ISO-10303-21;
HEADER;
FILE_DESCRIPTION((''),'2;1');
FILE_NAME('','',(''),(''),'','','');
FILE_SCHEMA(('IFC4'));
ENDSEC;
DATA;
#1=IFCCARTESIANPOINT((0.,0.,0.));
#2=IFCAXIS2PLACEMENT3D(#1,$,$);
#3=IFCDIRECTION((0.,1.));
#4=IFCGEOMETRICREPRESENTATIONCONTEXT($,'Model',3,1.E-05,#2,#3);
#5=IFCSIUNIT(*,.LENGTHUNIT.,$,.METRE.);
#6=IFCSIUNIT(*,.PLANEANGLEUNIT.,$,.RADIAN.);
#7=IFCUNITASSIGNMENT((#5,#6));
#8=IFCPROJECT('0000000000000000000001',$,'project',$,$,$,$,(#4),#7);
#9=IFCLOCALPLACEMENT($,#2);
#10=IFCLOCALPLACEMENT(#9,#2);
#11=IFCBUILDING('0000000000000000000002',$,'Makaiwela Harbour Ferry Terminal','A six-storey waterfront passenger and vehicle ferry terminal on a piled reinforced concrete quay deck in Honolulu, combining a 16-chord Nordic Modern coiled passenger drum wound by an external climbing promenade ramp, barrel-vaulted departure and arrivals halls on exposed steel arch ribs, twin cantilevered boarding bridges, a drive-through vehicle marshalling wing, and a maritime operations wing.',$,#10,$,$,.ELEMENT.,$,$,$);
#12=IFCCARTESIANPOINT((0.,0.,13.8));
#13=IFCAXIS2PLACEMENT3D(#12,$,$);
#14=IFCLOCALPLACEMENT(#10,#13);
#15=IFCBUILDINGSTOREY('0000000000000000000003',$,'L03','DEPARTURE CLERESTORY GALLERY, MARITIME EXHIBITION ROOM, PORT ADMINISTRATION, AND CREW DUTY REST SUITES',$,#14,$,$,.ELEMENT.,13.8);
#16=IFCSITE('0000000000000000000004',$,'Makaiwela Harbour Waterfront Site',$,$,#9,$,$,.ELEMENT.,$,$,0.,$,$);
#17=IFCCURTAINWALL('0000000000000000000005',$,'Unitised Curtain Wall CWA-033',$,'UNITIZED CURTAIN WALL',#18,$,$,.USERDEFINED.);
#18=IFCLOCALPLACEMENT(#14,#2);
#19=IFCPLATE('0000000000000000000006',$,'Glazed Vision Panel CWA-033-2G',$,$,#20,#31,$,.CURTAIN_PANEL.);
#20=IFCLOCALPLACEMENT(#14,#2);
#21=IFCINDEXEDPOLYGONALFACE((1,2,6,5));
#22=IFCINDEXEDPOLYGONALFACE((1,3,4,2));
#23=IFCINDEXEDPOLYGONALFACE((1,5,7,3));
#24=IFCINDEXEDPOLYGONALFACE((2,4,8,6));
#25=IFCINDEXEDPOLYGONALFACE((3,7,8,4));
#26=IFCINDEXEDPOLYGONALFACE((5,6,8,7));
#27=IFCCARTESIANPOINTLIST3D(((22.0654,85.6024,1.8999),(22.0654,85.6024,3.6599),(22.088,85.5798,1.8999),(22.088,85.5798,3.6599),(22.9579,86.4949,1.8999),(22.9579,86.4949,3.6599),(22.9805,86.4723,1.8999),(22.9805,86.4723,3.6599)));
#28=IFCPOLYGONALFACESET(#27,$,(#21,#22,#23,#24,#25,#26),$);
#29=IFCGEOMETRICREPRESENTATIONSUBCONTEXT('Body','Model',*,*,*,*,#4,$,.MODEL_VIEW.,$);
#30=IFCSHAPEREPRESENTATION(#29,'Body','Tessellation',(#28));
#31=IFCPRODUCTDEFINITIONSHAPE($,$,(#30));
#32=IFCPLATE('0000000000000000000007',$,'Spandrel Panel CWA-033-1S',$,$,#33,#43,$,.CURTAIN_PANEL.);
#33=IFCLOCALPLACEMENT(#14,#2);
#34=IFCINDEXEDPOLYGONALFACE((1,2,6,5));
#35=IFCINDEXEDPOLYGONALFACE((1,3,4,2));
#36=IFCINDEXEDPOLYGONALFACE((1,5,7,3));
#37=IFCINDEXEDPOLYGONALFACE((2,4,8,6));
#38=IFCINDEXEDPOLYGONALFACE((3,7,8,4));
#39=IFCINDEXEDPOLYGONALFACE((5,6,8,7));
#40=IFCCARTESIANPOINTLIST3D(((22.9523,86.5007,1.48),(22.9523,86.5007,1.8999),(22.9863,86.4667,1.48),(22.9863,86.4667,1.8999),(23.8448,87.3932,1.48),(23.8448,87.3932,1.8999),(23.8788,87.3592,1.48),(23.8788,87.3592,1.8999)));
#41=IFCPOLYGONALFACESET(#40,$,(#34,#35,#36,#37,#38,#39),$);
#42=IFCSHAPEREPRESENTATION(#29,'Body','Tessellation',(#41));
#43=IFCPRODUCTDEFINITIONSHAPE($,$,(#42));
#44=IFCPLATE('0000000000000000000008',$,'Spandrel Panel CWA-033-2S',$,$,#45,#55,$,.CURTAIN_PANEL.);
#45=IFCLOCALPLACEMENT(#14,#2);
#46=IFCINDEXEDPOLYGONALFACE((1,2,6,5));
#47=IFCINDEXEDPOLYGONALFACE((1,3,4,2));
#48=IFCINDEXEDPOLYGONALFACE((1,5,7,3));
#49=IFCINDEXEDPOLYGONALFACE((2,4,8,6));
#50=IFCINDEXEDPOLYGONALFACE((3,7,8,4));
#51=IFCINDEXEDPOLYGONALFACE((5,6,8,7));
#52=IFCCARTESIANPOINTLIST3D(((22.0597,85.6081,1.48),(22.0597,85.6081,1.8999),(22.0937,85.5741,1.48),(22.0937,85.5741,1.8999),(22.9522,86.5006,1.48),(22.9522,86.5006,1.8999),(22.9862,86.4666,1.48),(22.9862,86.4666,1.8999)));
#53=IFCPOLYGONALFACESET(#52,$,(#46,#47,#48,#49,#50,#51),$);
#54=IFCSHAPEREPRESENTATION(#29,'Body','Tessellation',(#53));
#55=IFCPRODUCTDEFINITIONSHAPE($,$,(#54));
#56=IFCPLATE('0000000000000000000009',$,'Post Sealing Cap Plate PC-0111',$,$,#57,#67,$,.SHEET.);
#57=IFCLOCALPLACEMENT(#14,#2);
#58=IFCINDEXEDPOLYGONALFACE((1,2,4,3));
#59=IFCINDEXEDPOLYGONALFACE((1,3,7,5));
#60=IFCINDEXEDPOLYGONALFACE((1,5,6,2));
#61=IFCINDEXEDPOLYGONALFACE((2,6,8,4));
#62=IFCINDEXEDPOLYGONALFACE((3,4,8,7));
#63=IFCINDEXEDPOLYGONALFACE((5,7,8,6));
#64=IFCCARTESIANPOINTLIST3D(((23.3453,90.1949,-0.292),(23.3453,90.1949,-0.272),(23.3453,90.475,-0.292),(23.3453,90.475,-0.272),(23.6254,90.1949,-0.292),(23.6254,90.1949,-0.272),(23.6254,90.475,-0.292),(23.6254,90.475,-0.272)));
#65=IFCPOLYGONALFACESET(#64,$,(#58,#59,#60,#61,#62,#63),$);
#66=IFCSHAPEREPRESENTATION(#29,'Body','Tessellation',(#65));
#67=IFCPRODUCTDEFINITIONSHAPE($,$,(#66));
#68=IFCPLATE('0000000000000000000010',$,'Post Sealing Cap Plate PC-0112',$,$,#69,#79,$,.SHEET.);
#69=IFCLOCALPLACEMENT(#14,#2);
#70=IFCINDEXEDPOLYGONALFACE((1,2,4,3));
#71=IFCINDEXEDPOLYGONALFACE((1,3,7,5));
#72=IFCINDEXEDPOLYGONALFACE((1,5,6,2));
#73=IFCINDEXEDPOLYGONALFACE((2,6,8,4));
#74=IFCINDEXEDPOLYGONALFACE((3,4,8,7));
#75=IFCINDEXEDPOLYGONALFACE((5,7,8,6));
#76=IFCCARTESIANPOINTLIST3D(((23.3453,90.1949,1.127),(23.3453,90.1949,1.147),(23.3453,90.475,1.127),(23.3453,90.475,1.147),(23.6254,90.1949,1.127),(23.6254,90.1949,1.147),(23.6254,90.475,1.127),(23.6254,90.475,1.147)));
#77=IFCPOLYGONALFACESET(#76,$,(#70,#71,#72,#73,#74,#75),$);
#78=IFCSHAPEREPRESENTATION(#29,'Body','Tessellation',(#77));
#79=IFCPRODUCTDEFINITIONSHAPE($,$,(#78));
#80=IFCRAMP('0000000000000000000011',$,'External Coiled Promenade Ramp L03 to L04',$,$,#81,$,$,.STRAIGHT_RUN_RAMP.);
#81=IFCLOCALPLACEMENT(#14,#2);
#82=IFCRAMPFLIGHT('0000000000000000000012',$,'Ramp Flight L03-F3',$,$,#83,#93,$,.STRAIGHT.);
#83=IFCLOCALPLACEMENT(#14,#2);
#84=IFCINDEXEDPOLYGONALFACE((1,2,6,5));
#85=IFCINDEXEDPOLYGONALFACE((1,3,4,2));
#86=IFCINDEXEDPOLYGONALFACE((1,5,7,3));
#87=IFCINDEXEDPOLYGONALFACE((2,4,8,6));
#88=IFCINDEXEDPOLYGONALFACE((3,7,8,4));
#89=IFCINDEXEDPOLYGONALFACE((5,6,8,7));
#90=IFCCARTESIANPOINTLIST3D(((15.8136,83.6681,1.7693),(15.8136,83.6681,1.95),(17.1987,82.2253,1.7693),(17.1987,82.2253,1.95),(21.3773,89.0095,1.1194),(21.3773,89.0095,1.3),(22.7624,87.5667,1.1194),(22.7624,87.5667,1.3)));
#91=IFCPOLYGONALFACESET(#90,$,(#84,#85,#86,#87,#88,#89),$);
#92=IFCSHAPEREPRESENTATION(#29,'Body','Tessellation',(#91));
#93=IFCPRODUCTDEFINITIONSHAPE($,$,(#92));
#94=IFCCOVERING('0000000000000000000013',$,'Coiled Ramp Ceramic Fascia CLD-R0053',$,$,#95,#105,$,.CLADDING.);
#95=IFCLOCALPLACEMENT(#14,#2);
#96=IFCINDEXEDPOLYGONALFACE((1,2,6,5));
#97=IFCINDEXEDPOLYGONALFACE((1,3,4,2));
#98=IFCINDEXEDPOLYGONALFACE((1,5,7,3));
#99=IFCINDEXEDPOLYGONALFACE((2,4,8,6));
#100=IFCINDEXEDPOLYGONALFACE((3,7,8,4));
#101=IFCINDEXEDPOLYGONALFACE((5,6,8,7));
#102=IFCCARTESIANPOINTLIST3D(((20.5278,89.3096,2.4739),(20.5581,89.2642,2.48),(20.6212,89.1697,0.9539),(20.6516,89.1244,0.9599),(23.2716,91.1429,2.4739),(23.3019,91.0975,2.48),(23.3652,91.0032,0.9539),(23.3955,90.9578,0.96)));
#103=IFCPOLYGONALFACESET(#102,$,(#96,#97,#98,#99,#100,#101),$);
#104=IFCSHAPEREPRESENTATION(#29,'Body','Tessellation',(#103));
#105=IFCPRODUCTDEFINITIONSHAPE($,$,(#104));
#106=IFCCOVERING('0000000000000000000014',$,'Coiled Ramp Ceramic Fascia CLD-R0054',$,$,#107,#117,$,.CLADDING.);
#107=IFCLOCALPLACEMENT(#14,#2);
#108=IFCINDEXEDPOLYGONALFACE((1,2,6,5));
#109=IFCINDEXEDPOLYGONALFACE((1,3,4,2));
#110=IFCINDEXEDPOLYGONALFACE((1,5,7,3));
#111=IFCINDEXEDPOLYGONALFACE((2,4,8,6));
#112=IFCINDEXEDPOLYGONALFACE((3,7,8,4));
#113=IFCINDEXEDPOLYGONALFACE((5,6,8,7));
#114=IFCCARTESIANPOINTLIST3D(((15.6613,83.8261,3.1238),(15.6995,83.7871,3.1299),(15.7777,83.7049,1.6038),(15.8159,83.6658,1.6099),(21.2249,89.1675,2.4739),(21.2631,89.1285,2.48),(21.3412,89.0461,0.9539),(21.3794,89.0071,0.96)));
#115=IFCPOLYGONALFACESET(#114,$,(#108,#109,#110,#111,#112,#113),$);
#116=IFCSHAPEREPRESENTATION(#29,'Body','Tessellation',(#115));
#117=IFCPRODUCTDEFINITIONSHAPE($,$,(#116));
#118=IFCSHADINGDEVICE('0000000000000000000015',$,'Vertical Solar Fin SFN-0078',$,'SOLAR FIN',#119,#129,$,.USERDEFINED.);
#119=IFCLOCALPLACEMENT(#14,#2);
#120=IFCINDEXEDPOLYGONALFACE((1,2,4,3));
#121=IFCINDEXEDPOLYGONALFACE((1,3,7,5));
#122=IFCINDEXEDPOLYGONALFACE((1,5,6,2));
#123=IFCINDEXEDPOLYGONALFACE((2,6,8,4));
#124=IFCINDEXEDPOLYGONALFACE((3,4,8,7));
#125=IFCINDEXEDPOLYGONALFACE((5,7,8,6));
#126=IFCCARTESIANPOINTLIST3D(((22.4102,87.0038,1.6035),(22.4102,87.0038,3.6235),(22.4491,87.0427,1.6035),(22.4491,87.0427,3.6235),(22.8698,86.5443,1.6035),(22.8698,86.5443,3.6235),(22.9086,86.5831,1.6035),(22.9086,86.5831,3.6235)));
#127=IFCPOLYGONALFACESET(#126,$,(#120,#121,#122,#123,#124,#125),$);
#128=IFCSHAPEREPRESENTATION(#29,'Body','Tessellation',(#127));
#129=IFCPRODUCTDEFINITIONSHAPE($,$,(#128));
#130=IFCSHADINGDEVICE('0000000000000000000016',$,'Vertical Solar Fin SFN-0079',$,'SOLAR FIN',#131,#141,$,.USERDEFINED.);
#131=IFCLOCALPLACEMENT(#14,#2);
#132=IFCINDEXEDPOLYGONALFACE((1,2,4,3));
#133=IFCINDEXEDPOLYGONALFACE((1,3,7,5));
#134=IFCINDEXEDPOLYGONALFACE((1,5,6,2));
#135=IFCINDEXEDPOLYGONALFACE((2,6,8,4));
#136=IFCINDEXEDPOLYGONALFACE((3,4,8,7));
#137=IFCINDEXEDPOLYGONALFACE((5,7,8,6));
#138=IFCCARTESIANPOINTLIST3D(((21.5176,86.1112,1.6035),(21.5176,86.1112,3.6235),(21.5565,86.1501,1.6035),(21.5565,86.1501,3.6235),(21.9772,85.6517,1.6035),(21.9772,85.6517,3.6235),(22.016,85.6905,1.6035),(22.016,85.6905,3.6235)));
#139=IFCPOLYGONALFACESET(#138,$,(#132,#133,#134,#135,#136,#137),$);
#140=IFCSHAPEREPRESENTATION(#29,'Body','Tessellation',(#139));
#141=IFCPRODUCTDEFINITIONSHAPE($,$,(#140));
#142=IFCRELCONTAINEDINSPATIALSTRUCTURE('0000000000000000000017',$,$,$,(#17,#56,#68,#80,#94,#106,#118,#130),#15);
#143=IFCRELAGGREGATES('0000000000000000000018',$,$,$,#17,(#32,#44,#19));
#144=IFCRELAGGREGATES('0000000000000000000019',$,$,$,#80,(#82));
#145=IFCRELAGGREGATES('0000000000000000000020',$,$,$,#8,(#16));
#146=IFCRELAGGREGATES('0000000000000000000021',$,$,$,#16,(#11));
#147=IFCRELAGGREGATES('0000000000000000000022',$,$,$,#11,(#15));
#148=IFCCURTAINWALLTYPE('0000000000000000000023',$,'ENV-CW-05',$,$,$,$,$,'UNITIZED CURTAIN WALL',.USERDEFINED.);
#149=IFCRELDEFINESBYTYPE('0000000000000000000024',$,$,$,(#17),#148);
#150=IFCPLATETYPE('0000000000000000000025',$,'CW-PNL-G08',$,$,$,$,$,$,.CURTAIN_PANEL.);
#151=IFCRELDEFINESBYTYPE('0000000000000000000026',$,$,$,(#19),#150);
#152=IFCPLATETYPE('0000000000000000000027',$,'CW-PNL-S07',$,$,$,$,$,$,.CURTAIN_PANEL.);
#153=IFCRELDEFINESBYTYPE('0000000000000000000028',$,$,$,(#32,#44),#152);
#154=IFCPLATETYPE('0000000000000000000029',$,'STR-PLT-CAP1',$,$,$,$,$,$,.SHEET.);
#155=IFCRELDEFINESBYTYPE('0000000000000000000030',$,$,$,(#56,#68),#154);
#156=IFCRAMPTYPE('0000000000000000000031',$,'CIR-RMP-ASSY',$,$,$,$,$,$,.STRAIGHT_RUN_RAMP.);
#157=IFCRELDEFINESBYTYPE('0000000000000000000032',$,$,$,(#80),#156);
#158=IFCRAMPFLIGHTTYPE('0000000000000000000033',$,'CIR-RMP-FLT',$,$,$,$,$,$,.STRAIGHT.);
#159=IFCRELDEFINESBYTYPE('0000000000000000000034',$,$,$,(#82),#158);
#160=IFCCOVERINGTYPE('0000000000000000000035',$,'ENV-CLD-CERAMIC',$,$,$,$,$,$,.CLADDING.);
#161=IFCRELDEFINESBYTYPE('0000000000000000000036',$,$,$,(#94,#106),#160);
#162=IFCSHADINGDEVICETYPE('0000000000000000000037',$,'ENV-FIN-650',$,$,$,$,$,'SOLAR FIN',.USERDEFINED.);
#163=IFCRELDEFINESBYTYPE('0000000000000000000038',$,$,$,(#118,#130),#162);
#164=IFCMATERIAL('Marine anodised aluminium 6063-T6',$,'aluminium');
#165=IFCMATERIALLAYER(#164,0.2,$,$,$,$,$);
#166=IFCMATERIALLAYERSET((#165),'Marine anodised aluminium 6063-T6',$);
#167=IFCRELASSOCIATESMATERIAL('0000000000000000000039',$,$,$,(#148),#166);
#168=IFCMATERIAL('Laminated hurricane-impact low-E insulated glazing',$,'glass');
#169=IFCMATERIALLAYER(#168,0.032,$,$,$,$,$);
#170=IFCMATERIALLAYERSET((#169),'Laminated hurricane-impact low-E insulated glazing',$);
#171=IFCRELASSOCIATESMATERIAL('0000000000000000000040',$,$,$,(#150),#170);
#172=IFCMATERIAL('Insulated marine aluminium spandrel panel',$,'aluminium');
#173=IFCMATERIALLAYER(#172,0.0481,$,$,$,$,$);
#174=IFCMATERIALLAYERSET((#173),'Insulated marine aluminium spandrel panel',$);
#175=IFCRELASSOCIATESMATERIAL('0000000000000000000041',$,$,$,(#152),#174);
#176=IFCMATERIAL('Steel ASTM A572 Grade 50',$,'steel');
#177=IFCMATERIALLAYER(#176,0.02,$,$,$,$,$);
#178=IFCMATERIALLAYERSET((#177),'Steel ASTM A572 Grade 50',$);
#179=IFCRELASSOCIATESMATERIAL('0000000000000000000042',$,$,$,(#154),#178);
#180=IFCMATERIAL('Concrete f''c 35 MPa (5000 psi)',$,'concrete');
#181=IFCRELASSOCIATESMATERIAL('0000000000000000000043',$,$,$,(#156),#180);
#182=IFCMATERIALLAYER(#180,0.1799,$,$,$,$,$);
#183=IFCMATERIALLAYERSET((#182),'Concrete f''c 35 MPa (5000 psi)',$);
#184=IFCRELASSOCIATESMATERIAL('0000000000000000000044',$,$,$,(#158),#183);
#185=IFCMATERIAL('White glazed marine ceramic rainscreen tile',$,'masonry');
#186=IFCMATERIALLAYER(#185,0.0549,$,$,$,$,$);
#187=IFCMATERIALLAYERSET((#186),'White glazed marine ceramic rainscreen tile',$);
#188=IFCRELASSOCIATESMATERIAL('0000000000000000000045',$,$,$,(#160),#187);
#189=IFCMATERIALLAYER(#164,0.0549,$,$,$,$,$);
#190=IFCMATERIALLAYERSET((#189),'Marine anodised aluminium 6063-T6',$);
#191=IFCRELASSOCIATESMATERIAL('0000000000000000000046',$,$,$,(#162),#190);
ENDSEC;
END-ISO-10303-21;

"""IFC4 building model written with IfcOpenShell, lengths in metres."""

from ifc_helpers import new_model, si_unit, direction, frame, origin, origin_2d, place, context, subcontext, project, spatial, polyline, rectangle, outline, extrude, material, layer, layer_set, type_object, element, aggregate, save


model = new_model("IFC4")

# Units and contexts
model_context = context("Model", 3, precision=1e-05, world=origin(), true_north=direction((0.0, 1.0)))
body_context = subcontext(model_context, "Body", "Model", "MODEL_VIEW")
ifc_project = project(units=[si_unit("LENGTHUNIT", "METRE"), si_unit("PLANEANGLEUNIT", "RADIAN")], contexts=[model_context])

# Site, building, storey
site_placement = place(None, origin())
site = spatial("IfcSite", under=ifc_project, at=site_placement, Name="Makaiwela Harbour Waterfront Site", CompositionType="ELEMENT", RefElevation=0.0)
building_placement = place(site_placement, origin())
building = spatial("IfcBuilding", under=site, at=building_placement, Name="Makaiwela Harbour Ferry Terminal", Description="A six-storey waterfront passenger and vehicle ferry terminal on a piled reinforced concrete quay deck in Honolulu, combining a 16-chord Nordic Modern coiled passenger drum wound by an external climbing promenade ramp, barrel-vaulted departure and arrivals halls on exposed steel arch ribs, twin cantilevered boarding bridges, a drive-through vehicle marshalling wing, and a maritime operations wing.", CompositionType="ELEMENT")
storey_placement = place(building_placement, frame((0.0, 0.0, 13.8)))
storey = spatial("IfcBuildingStorey", under=building, at=storey_placement, Name="L03", Description="DEPARTURE CLERESTORY GALLERY, MARITIME EXHIBITION ROOM, PORT ADMINISTRATION, AND CREW DUTY REST SUITES", CompositionType="ELEMENT", Elevation=13.8)

# Curtain wall
ifc_material_1 = material(Name="Marine anodised aluminium 6063-T6", Category="aluminium")
ifc_layer_1 = layer(ifc_material_1, 0.2)
ifc_layer_set_1 = layer_set([ifc_layer_1], Name="Marine anodised aluminium 6063-T6")
curtain_wall_type = type_object("IfcCurtainWallType", Name="ENV-CW-05", ElementType="UNITIZED CURTAIN WALL", PredefinedType="USERDEFINED", material=ifc_layer_set_1)
curtain_wall_placement = place(storey_placement, origin())
curtain_wall = element("IfcCurtainWall", 1, at=curtain_wall_placement, inside=storey, type_object=curtain_wall_type, Name="Unitised Curtain Wall CWA-033", ObjectType="UNITIZED CURTAIN WALL", PredefinedType="USERDEFINED")

# Plates
ifc_material_2 = material(Name="Laminated hurricane-impact low-E insulated glazing", Category="glass")
ifc_layer_2 = layer(ifc_material_2, 0.032)
ifc_layer_set_2 = layer_set([ifc_layer_2], Name="Laminated hurricane-impact low-E insulated glazing")
plate_type_1 = type_object("IfcPlateType", Name="CW-PNL-G08", PredefinedType="CURTAIN_PANEL", material=ifc_layer_set_2)
plate_1_placement = place(storey_placement, frame((22.5229, 86.0374, 1.8999), z_axis=(0.0, 0.0, 1.0), x_axis=(-0.707107, -0.707107, 0.0)))
plate_1 = element("IfcPlate", 2, at=plate_1_placement, type_object=plate_type_1, Name="Glazed Vision Panel CWA-033-2G", PredefinedType="CURTAIN_PANEL", context=body_context, shape_type="SweptSolid", body=[
    extrude(rectangle(XDim=1.2622, YDim=0.032, at=origin_2d()), origin(), (0.0, 0.0, 1.0), 1.76),
])
ifc_material_3 = material(Name="Insulated marine aluminium spandrel panel", Category="aluminium")
ifc_layer_3 = layer(ifc_material_3, 0.0481)
ifc_layer_set_3 = layer_set([ifc_layer_3], Name="Insulated marine aluminium spandrel panel")
plate_type_2 = type_object("IfcPlateType", Name="CW-PNL-S07", PredefinedType="CURTAIN_PANEL", material=ifc_layer_set_3)
plate_2_placement = place(storey_placement, frame((23.4155, 86.9299, 1.48), z_axis=(0.0, 0.0, 1.0), x_axis=(-0.707107, -0.707107, 0.0)))
plate_2 = element("IfcPlate", 3, at=plate_2_placement, type_object=plate_type_2, Name="Spandrel Panel CWA-033-1S", PredefinedType="CURTAIN_PANEL", context=body_context, shape_type="SweptSolid", body=[
    extrude(rectangle(XDim=1.2622, YDim=0.0481, at=origin_2d()), origin(), (0.0, 0.0, 1.0), 0.4199),
])
plate_3_placement = place(storey_placement, frame((22.5229, 86.0374, 1.48), z_axis=(0.0, 0.0, 1.0), x_axis=(-0.707107, -0.707107, 0.0)))
plate_3 = element("IfcPlate", 4, at=plate_3_placement, type_object=plate_type_2, Name="Spandrel Panel CWA-033-2S", PredefinedType="CURTAIN_PANEL", context=body_context, shape_type="SweptSolid", body=[
    extrude(rectangle(XDim=1.2622, YDim=0.0481, at=origin_2d()), origin(), (0.0, 0.0, 1.0), 0.4199),
])
aggregate(curtain_wall, [plate_2, plate_3, plate_1])

# Plates
ifc_material_4 = material(Name="Steel ASTM A572 Grade 50", Category="steel")
ifc_layer_4 = layer(ifc_material_4, 0.02)
ifc_layer_set_4 = layer_set([ifc_layer_4], Name="Steel ASTM A572 Grade 50")
plate_type_3 = type_object("IfcPlateType", Name="STR-PLT-CAP1", PredefinedType="SHEET", material=ifc_layer_set_4)
for number, where, z_axis, x_axis, name in (
    (5, (23.4854, 90.335, -0.292), (0.0, 0.0, 1.0), (1.0, 0.0, 0.0), "Post Sealing Cap Plate PC-0111"),
    (6, (23.4854, 90.335, 1.127), (0.0, 0.0, 1.0), (1.0, 0.0, 0.0), "Post Sealing Cap Plate PC-0112"),
):
    element("IfcPlate", number, at=place(storey_placement, frame(where, z_axis=z_axis, x_axis=x_axis)), inside=storey, type_object=plate_type_3, Name=name, PredefinedType="SHEET", context=body_context, shape_type="SweptSolid", body=[
        extrude(rectangle(XDim=0.28, YDim=0.28, at=origin_2d()), origin(), (0.0, 0.0, 1.0), 0.02),
    ])

# Ramp, ramp flight
ifc_material_5 = material(Name="Concrete f'c 35 MPa (5000 psi)", Category="concrete")
ramp_type = type_object("IfcRampType", Name="CIR-RMP-ASSY", PredefinedType="STRAIGHT_RUN_RAMP", material=ifc_material_5)
ramp_placement = place(storey_placement, origin())
ramp = element("IfcRamp", 7, at=ramp_placement, inside=storey, type_object=ramp_type, Name="External Coiled Promenade Ramp L03 to L04", PredefinedType="STRAIGHT_RUN_RAMP")
ifc_layer_5 = layer(ifc_material_5, 0.1799)
ifc_layer_set_5 = layer_set([ifc_layer_5], Name="Concrete f'c 35 MPa (5000 psi)")
ramp_flight_type = type_object("IfcRampFlightType", Name="CIR-RMP-FLT", PredefinedType="STRAIGHT", material=ifc_layer_set_5)
ramp_flight_placement = place(storey_placement, frame((22.0698, 88.2881, 1.3), z_axis=(0.0, 0.0, 1.0), x_axis=(-0.721374, -0.692546, 0.0)))
ramp_flight = element("IfcRampFlight", 8, at=ramp_flight_placement, type_object=ramp_flight_type, Name="Ramp Flight L03-F3", PredefinedType="STRAIGHT", context=body_context, shape_type="SweptSolid", body=[
    extrude(outline(polyline([(0.0, 0.0), (7.7126, 0.6499), (7.7126, 0.4692), (0.0, -0.1807), (0.0, 0.0)])), frame((0.0, 1.0, 0.0), z_axis=(0.0, -1.0, 0.0), x_axis=(1.0, 0.0, 0.0)), (0.0, 0.0, 1.0), 2.0),
])
aggregate(ramp, [ramp_flight])

# Coverings
ifc_material_6 = material(Name="White glazed marine ceramic rainscreen tile", Category="masonry")
ifc_layer_6 = layer(ifc_material_6, 0.0549)
ifc_layer_set_6 = layer_set([ifc_layer_6], Name="White glazed marine ceramic rainscreen tile")
covering_type = type_object("IfcCoveringType", Name="ENV-CLD-CERAMIC", PredefinedType="CLADDING", material=ifc_layer_set_6)
covering_1_placement = place(storey_placement, frame((23.3955, 90.9578, 0.96), z_axis=(0.552193, -0.826433, 0.109962), x_axis=(-0.831475, -0.555562, -0.000003)))
element("IfcCovering", 9, at=covering_1_placement, inside=storey, type_object=covering_type, Name="Coiled Ramp Ceramic Fascia CLD-R0053", PredefinedType="CLADDING", context=body_context, shape_type="SweptSolid", body=[
    extrude(outline(polyline([(0.0, 0.0), (3.3001, 0.0), (3.3001, -1.5293), (0.0002, -1.5293), (0.0, 0.0)])), origin(), (0.0, 0.0, -1.0), 0.0549),
])
covering_2_placement = place(storey_placement, frame((21.3794, 89.0071, 0.96), z_axis=(0.695004, -0.710555, 0.109913), x_axis=(-0.718823, -0.690103, 0.083968)))
element("IfcCovering", 10, at=covering_2_placement, inside=storey, type_object=covering_type, Name="Coiled Ramp Ceramic Fascia CLD-R0054", PredefinedType="CLADDING", context=body_context, shape_type="SweptSolid", body=[
    extrude(outline(polyline([(0.0, 0.0), (7.7398, 0.0), (7.8674, -1.524), (0.1274, -1.524), (0.0, 0.0)])), origin(), (0.0, 0.0, -1.0), 0.0549),
])

# Shading devices
ifc_layer_7 = layer(ifc_material_1, 0.0549)
ifc_layer_set_7 = layer_set([ifc_layer_7], Name="Marine anodised aluminium 6063-T6")
shading_device_type = type_object("IfcShadingDeviceType", Name="ENV-FIN-650", ElementType="SOLAR FIN", PredefinedType="USERDEFINED", material=ifc_layer_set_7)
for number, where, z_axis, x_axis, name in (
    (11, (22.6594, 86.7935, 1.6035), (0.0, 0.0, 1.0), (-0.707107, 0.707107, 0.0), "Vertical Solar Fin SFN-0078"),
    (12, (21.7668, 85.9009, 1.6035), (0.0, 0.0, 1.0), (-0.707107, 0.707107, 0.0), "Vertical Solar Fin SFN-0079"),
):
    element("IfcShadingDevice", number, at=place(storey_placement, frame(where, z_axis=z_axis, x_axis=x_axis)), inside=storey, type_object=shading_device_type, Name=name, ObjectType="SOLAR FIN", PredefinedType="USERDEFINED", context=body_context, shape_type="SweptSolid", body=[
        extrude(rectangle(XDim=0.6499, YDim=0.0549, at=origin_2d()), origin(), (0.0, 0.0, 1.0), 2.02),
    ])

save(model, "model.ifc")
